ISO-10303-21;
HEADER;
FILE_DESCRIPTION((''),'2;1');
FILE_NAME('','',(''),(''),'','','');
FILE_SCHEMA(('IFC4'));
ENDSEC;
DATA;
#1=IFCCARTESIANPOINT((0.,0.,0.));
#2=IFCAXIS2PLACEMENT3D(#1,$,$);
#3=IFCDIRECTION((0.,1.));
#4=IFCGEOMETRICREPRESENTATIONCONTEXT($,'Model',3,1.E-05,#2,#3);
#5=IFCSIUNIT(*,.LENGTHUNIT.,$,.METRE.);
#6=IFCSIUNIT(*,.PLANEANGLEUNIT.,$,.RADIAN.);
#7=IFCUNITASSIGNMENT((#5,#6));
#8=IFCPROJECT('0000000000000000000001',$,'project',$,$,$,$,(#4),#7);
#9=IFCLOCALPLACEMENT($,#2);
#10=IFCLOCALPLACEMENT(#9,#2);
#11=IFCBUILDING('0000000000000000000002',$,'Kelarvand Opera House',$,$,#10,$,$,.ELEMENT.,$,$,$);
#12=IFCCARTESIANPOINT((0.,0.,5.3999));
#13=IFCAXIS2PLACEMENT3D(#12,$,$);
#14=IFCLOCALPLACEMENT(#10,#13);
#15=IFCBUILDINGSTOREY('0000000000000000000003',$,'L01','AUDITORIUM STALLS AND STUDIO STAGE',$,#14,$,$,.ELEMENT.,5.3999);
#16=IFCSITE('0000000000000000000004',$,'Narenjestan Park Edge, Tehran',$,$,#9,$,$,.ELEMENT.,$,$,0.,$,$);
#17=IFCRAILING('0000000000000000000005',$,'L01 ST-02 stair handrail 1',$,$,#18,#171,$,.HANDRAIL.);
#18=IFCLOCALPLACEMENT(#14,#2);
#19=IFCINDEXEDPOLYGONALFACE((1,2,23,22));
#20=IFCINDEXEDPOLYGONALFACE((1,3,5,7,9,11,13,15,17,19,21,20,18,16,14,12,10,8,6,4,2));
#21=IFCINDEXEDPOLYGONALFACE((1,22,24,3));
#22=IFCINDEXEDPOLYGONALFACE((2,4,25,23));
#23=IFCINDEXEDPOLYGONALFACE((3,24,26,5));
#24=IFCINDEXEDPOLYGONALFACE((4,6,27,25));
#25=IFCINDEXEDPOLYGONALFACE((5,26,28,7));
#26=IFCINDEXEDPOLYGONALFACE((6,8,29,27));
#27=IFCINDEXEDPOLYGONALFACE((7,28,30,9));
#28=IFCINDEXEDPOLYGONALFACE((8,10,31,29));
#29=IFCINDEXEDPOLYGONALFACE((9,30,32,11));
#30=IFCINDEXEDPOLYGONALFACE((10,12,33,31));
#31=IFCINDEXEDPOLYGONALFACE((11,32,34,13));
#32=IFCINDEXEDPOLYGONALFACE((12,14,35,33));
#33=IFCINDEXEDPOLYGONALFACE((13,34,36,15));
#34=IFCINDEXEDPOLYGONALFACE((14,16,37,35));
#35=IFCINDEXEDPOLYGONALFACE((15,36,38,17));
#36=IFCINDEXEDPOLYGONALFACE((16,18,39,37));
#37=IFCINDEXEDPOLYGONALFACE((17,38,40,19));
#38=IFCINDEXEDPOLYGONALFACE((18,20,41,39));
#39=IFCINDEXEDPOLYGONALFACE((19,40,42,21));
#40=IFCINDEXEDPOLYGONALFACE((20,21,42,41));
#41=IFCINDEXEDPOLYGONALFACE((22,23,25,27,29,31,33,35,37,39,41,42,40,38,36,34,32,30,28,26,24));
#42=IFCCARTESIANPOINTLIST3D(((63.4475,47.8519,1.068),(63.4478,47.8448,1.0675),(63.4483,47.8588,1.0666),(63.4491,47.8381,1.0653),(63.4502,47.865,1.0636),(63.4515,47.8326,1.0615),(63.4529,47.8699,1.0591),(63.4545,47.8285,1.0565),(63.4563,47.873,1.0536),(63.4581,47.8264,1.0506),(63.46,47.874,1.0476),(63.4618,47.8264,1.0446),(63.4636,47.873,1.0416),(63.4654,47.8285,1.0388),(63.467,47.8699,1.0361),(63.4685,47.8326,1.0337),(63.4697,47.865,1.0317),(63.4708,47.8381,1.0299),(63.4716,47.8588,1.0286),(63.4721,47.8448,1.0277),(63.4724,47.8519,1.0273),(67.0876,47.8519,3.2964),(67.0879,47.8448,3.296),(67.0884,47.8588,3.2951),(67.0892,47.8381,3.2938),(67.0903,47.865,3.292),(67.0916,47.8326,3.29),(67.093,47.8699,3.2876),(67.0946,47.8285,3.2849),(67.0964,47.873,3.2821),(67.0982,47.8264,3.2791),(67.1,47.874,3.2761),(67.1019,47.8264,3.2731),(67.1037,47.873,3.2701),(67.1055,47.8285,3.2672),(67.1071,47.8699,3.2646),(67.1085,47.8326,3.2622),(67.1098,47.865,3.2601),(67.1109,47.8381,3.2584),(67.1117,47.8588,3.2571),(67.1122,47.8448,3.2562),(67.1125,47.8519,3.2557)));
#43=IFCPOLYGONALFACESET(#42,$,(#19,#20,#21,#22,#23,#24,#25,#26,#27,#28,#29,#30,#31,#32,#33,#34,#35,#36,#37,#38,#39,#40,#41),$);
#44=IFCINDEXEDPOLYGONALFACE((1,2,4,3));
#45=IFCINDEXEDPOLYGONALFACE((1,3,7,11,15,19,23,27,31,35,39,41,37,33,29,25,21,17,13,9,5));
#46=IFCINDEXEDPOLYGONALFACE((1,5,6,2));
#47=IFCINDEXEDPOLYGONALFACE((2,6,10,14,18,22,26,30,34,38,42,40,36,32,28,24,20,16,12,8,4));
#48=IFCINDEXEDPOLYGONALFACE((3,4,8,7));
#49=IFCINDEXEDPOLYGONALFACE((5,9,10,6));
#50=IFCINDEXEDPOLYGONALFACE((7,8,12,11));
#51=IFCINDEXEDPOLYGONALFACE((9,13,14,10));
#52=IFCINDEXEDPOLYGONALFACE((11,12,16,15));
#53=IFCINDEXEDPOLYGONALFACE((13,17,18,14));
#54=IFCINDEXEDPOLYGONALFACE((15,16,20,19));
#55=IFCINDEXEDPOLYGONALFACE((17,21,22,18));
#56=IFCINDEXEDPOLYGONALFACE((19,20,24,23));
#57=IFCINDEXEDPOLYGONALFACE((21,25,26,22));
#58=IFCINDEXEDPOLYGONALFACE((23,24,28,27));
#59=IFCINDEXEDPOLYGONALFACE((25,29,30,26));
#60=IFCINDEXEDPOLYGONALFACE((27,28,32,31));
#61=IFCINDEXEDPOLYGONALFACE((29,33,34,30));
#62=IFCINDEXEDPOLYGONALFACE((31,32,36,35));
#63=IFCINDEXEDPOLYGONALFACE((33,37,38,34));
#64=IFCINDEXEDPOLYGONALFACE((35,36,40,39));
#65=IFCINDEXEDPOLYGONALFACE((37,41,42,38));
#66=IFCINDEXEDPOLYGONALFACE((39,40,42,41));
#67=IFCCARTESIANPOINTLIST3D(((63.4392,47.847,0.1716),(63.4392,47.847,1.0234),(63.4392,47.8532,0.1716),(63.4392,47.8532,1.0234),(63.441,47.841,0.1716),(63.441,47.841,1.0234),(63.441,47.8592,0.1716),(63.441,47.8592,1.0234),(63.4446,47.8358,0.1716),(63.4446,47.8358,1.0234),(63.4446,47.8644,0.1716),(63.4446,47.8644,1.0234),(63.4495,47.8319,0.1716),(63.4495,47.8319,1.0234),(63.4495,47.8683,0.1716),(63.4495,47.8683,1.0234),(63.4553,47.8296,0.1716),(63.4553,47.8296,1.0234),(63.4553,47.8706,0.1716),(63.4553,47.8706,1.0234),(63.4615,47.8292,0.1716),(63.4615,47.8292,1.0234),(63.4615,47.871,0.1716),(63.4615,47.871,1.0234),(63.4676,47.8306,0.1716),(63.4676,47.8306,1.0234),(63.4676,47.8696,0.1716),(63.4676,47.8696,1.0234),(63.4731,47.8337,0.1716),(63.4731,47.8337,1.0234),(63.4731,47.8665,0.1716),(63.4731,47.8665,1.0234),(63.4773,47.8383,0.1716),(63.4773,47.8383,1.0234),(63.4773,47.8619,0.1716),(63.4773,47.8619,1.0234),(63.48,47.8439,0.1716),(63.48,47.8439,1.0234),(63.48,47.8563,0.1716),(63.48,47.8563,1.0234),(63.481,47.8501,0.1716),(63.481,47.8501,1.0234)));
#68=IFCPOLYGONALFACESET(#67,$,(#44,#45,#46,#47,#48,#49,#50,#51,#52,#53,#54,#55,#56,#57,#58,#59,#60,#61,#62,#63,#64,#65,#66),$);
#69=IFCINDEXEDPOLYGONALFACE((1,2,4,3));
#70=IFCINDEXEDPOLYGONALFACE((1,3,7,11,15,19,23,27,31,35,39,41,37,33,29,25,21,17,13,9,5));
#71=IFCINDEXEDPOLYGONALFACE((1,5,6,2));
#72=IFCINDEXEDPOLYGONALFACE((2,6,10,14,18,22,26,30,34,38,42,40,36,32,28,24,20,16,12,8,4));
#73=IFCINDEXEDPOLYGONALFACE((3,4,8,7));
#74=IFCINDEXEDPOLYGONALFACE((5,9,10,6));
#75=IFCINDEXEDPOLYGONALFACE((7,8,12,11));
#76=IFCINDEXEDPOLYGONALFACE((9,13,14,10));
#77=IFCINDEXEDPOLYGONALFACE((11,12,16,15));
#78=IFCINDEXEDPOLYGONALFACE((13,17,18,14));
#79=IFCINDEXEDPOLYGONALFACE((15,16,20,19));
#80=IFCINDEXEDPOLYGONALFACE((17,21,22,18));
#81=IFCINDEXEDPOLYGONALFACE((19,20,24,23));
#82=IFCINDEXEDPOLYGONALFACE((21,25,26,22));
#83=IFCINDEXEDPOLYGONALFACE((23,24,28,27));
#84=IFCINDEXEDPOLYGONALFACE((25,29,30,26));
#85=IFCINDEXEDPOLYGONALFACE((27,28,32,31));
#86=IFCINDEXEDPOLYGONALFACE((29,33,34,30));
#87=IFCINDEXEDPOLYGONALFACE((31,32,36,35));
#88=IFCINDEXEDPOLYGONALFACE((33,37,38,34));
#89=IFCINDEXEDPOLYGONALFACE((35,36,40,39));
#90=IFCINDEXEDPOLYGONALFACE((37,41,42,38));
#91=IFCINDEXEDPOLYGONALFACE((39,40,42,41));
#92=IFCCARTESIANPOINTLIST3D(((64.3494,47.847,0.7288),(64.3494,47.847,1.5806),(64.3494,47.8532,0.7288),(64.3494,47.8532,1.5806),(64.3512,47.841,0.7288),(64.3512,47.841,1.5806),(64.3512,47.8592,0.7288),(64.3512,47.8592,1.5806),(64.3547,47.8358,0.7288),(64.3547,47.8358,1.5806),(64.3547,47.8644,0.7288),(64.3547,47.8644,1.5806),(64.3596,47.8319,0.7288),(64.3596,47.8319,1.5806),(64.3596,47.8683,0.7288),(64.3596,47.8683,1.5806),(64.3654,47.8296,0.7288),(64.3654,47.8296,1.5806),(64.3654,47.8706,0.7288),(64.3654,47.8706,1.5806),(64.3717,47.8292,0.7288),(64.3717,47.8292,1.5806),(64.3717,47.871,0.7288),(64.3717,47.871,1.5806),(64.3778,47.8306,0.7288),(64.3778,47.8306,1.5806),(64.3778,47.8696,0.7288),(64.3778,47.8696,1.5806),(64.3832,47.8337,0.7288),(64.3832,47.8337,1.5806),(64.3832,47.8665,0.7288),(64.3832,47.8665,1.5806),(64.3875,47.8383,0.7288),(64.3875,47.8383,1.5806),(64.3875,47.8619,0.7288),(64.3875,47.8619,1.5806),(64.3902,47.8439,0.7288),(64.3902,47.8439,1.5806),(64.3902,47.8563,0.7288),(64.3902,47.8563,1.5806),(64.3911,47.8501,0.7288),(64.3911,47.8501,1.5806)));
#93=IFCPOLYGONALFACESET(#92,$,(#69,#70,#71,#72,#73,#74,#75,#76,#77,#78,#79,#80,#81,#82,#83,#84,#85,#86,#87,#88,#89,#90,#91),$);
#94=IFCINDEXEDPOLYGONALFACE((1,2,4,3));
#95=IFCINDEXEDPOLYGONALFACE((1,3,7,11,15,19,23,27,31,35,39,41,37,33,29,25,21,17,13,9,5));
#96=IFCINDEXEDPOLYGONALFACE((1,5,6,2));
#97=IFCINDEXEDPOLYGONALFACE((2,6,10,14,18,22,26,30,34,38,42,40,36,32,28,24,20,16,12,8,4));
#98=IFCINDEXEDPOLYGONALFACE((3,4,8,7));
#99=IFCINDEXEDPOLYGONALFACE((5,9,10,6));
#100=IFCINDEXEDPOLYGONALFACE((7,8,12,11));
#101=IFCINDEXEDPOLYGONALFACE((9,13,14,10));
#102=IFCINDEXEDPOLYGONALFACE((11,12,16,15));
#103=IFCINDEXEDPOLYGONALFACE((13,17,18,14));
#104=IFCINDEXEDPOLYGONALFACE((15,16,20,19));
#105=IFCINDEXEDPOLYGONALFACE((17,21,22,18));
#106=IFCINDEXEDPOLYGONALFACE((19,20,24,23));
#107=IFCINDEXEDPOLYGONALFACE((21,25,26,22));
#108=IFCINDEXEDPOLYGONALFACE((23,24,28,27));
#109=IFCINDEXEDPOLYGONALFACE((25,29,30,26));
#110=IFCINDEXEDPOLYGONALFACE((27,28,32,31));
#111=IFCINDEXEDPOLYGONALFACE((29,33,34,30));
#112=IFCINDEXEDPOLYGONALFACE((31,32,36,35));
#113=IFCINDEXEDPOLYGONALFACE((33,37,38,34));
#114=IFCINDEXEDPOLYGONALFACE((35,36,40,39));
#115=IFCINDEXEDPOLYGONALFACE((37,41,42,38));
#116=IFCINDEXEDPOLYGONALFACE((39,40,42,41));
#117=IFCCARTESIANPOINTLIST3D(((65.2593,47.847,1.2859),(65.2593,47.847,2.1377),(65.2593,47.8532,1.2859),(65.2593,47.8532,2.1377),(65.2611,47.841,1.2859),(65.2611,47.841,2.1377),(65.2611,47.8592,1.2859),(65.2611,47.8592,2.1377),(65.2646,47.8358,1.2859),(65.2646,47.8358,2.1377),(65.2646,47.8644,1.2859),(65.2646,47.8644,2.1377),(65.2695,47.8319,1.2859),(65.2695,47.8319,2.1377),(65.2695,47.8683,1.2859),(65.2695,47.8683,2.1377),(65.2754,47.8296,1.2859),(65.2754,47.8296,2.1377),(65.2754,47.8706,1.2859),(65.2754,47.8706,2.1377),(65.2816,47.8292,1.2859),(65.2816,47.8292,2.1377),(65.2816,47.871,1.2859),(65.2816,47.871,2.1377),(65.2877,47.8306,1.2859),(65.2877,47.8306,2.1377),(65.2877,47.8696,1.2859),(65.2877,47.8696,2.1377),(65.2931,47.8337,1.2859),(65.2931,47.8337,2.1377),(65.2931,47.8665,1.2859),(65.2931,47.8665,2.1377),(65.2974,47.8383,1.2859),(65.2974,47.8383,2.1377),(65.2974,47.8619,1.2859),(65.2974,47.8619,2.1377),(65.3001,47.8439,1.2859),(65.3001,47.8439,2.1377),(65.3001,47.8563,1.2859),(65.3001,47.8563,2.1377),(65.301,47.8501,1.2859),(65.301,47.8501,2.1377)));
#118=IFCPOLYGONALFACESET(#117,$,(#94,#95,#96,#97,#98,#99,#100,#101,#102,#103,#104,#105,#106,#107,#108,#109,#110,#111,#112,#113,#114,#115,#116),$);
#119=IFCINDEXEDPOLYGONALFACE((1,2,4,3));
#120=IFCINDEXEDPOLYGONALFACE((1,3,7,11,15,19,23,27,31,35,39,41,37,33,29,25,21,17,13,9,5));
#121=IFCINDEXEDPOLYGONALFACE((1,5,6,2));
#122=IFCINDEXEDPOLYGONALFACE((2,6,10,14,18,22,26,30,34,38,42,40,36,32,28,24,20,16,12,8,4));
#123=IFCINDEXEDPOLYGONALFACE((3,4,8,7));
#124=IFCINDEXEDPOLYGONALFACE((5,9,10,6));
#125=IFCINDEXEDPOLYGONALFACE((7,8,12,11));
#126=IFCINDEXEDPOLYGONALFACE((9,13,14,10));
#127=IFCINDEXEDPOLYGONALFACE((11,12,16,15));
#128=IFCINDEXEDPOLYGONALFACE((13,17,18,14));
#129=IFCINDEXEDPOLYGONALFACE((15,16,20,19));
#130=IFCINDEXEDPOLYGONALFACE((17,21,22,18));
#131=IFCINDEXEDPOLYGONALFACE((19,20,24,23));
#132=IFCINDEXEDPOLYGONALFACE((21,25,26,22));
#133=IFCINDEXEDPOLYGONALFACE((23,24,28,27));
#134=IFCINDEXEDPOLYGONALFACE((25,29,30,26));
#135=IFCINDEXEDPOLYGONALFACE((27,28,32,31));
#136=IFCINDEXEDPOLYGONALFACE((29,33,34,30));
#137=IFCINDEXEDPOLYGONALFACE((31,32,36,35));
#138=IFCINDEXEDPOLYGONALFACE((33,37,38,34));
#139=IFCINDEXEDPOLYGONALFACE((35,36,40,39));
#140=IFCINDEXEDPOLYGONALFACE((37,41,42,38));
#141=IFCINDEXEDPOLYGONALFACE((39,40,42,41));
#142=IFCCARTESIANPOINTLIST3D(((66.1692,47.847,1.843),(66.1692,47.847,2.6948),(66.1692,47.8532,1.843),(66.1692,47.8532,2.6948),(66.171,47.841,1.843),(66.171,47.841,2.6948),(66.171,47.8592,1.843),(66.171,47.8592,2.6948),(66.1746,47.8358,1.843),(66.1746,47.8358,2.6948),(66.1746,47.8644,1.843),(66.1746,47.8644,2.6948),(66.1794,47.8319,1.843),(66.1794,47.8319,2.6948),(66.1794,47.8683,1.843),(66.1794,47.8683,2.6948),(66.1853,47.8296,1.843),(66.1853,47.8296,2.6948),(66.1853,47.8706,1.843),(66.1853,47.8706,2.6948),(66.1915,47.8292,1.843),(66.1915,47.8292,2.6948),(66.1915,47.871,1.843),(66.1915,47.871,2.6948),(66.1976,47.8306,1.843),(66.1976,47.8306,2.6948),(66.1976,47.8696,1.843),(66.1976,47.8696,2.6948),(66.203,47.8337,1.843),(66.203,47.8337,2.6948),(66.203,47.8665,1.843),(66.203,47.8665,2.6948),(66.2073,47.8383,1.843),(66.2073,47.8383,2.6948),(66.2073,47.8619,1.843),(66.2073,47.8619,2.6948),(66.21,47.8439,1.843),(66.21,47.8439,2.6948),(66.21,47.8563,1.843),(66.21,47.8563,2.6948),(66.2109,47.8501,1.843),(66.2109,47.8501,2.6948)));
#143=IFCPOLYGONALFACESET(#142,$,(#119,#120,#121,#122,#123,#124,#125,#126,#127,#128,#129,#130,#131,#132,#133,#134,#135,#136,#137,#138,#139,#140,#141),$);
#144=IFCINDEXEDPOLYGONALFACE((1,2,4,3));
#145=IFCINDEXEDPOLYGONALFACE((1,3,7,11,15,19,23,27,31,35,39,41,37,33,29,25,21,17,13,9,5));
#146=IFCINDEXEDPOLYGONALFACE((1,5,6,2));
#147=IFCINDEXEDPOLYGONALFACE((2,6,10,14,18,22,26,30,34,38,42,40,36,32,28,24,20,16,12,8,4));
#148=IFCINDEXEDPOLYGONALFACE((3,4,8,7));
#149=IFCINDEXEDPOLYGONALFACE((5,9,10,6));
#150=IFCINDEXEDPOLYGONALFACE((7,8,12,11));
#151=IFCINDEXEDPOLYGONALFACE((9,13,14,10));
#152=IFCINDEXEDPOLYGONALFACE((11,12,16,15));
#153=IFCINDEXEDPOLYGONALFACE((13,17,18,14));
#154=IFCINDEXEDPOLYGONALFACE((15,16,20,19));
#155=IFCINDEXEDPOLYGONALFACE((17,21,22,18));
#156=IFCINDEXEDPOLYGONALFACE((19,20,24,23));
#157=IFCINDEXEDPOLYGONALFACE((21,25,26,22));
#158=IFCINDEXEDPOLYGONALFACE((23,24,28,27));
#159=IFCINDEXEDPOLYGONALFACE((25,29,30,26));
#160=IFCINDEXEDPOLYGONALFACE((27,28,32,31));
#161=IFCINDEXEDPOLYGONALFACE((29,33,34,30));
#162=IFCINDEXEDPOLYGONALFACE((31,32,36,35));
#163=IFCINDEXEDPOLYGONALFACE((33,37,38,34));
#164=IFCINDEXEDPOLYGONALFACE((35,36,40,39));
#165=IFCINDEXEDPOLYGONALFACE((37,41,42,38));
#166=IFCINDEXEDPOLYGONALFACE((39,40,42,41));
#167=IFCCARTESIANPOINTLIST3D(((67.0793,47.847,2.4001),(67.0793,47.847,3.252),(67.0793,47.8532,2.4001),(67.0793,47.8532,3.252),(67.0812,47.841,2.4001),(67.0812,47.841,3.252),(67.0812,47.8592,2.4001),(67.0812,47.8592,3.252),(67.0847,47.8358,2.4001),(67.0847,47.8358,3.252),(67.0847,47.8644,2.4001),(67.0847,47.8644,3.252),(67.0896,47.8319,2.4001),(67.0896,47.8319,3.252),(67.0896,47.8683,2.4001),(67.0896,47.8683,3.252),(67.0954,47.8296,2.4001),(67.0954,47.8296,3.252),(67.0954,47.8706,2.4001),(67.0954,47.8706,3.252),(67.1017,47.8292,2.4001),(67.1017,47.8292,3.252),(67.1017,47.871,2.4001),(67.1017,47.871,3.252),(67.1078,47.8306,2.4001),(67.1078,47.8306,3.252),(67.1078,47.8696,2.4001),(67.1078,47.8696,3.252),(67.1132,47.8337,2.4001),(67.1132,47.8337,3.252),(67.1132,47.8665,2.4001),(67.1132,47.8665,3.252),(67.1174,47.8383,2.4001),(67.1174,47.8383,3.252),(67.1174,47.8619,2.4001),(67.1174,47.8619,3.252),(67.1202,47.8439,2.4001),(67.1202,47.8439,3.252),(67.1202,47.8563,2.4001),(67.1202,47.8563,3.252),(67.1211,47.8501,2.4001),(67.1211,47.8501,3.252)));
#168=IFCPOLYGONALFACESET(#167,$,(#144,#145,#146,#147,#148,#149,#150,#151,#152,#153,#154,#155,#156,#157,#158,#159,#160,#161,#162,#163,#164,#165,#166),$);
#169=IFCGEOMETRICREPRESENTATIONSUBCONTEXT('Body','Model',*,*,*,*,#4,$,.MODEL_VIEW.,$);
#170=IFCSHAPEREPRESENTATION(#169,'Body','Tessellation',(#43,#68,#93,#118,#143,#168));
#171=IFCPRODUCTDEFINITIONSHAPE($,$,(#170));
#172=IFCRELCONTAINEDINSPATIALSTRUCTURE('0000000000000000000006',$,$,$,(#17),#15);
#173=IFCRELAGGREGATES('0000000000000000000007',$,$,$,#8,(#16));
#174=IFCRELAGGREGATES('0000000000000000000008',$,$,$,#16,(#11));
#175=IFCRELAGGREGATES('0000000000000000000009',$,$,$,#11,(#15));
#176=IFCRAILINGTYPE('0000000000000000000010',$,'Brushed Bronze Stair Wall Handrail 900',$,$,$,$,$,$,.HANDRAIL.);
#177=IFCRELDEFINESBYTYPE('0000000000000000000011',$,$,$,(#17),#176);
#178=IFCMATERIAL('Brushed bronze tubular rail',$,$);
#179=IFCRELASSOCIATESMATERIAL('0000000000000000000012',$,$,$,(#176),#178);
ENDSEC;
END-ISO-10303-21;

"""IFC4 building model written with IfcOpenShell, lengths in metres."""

from ifc_helpers import new_model, si_unit, direction, frame, origin, origin_2d, place, context, subcontext, project, spatial, circle, extrude, material, type_object, element, save


model = new_model("IFC4")

# Units and contexts
model_context = context("Model", 3, precision=1e-05, world=origin(), true_north=direction((0.0, 1.0)))
body_context = subcontext(model_context, "Body", "Model", "MODEL_VIEW")
ifc_project = project(units=[si_unit("LENGTHUNIT", "METRE"), si_unit("PLANEANGLEUNIT", "RADIAN")], contexts=[model_context])

# Site, building, storey
site_placement = place(None, origin())
site = spatial("IfcSite", under=ifc_project, at=site_placement, Name="Narenjestan Park Edge, Tehran", CompositionType="ELEMENT", RefElevation=0.0)
building_placement = place(site_placement, origin())
building = spatial("IfcBuilding", under=site, at=building_placement, Name="Kelarvand Opera House", CompositionType="ELEMENT")
storey_placement = place(building_placement, frame((0.0, 0.0, 5.3999)))
storey = spatial("IfcBuildingStorey", under=building, at=storey_placement, Name="L01", Description="AUDITORIUM STALLS AND STUDIO STAGE", CompositionType="ELEMENT", Elevation=5.3999)

# Railing
ifc_material_1 = material(Name="Brushed bronze tubular rail")
railing_type_1 = type_object("IfcRailingType", Name="Brushed Bronze Stair Wall Handrail 900", PredefinedType="HANDRAIL", material=ifc_material_1)
railing_1_placement = place(storey_placement, frame((63.46, 47.8501, 0.1716)))
element("IfcRailing", 1, at=railing_1_placement, inside=storey, type_object=railing_type_1, Name="L01 ST-02 stair handrail 1", PredefinedType="HANDRAIL", context=body_context, shape_type="SweptSolid", body=[
    extrude(circle(Radius=0.0239, at=origin_2d()), frame((0.0, 0.0, 0.876), z_axis=(0.852866, 0.0, 0.52213), x_axis=(0.0, 1.0, 0.0)), (0.0, 0.0, 1.0), 4.2681),
    extrude(circle(Radius=0.021, at=origin_2d()), origin(), (0.0, 0.0, 1.0), 0.8518),
    extrude(circle(Radius=0.021, at=origin_2d()), frame((0.9102, 0.0, 0.5571)), (0.0, 0.0, 1.0), 0.8518),
    extrude(circle(Radius=0.021, at=origin_2d()), frame((1.8201, 0.0, 1.1143)), (0.0, 0.0, 1.0), 0.8518),
    extrude(circle(Radius=0.021, at=origin_2d()), frame((2.73, 0.0, 1.6714)), (0.0, 0.0, 1.0), 0.8518),
    extrude(circle(Radius=0.021, at=origin_2d()), frame((3.6401, 0.0, 2.2285)), (0.0, 0.0, 1.0), 0.8518),
])

save(model, "model.ifc")
